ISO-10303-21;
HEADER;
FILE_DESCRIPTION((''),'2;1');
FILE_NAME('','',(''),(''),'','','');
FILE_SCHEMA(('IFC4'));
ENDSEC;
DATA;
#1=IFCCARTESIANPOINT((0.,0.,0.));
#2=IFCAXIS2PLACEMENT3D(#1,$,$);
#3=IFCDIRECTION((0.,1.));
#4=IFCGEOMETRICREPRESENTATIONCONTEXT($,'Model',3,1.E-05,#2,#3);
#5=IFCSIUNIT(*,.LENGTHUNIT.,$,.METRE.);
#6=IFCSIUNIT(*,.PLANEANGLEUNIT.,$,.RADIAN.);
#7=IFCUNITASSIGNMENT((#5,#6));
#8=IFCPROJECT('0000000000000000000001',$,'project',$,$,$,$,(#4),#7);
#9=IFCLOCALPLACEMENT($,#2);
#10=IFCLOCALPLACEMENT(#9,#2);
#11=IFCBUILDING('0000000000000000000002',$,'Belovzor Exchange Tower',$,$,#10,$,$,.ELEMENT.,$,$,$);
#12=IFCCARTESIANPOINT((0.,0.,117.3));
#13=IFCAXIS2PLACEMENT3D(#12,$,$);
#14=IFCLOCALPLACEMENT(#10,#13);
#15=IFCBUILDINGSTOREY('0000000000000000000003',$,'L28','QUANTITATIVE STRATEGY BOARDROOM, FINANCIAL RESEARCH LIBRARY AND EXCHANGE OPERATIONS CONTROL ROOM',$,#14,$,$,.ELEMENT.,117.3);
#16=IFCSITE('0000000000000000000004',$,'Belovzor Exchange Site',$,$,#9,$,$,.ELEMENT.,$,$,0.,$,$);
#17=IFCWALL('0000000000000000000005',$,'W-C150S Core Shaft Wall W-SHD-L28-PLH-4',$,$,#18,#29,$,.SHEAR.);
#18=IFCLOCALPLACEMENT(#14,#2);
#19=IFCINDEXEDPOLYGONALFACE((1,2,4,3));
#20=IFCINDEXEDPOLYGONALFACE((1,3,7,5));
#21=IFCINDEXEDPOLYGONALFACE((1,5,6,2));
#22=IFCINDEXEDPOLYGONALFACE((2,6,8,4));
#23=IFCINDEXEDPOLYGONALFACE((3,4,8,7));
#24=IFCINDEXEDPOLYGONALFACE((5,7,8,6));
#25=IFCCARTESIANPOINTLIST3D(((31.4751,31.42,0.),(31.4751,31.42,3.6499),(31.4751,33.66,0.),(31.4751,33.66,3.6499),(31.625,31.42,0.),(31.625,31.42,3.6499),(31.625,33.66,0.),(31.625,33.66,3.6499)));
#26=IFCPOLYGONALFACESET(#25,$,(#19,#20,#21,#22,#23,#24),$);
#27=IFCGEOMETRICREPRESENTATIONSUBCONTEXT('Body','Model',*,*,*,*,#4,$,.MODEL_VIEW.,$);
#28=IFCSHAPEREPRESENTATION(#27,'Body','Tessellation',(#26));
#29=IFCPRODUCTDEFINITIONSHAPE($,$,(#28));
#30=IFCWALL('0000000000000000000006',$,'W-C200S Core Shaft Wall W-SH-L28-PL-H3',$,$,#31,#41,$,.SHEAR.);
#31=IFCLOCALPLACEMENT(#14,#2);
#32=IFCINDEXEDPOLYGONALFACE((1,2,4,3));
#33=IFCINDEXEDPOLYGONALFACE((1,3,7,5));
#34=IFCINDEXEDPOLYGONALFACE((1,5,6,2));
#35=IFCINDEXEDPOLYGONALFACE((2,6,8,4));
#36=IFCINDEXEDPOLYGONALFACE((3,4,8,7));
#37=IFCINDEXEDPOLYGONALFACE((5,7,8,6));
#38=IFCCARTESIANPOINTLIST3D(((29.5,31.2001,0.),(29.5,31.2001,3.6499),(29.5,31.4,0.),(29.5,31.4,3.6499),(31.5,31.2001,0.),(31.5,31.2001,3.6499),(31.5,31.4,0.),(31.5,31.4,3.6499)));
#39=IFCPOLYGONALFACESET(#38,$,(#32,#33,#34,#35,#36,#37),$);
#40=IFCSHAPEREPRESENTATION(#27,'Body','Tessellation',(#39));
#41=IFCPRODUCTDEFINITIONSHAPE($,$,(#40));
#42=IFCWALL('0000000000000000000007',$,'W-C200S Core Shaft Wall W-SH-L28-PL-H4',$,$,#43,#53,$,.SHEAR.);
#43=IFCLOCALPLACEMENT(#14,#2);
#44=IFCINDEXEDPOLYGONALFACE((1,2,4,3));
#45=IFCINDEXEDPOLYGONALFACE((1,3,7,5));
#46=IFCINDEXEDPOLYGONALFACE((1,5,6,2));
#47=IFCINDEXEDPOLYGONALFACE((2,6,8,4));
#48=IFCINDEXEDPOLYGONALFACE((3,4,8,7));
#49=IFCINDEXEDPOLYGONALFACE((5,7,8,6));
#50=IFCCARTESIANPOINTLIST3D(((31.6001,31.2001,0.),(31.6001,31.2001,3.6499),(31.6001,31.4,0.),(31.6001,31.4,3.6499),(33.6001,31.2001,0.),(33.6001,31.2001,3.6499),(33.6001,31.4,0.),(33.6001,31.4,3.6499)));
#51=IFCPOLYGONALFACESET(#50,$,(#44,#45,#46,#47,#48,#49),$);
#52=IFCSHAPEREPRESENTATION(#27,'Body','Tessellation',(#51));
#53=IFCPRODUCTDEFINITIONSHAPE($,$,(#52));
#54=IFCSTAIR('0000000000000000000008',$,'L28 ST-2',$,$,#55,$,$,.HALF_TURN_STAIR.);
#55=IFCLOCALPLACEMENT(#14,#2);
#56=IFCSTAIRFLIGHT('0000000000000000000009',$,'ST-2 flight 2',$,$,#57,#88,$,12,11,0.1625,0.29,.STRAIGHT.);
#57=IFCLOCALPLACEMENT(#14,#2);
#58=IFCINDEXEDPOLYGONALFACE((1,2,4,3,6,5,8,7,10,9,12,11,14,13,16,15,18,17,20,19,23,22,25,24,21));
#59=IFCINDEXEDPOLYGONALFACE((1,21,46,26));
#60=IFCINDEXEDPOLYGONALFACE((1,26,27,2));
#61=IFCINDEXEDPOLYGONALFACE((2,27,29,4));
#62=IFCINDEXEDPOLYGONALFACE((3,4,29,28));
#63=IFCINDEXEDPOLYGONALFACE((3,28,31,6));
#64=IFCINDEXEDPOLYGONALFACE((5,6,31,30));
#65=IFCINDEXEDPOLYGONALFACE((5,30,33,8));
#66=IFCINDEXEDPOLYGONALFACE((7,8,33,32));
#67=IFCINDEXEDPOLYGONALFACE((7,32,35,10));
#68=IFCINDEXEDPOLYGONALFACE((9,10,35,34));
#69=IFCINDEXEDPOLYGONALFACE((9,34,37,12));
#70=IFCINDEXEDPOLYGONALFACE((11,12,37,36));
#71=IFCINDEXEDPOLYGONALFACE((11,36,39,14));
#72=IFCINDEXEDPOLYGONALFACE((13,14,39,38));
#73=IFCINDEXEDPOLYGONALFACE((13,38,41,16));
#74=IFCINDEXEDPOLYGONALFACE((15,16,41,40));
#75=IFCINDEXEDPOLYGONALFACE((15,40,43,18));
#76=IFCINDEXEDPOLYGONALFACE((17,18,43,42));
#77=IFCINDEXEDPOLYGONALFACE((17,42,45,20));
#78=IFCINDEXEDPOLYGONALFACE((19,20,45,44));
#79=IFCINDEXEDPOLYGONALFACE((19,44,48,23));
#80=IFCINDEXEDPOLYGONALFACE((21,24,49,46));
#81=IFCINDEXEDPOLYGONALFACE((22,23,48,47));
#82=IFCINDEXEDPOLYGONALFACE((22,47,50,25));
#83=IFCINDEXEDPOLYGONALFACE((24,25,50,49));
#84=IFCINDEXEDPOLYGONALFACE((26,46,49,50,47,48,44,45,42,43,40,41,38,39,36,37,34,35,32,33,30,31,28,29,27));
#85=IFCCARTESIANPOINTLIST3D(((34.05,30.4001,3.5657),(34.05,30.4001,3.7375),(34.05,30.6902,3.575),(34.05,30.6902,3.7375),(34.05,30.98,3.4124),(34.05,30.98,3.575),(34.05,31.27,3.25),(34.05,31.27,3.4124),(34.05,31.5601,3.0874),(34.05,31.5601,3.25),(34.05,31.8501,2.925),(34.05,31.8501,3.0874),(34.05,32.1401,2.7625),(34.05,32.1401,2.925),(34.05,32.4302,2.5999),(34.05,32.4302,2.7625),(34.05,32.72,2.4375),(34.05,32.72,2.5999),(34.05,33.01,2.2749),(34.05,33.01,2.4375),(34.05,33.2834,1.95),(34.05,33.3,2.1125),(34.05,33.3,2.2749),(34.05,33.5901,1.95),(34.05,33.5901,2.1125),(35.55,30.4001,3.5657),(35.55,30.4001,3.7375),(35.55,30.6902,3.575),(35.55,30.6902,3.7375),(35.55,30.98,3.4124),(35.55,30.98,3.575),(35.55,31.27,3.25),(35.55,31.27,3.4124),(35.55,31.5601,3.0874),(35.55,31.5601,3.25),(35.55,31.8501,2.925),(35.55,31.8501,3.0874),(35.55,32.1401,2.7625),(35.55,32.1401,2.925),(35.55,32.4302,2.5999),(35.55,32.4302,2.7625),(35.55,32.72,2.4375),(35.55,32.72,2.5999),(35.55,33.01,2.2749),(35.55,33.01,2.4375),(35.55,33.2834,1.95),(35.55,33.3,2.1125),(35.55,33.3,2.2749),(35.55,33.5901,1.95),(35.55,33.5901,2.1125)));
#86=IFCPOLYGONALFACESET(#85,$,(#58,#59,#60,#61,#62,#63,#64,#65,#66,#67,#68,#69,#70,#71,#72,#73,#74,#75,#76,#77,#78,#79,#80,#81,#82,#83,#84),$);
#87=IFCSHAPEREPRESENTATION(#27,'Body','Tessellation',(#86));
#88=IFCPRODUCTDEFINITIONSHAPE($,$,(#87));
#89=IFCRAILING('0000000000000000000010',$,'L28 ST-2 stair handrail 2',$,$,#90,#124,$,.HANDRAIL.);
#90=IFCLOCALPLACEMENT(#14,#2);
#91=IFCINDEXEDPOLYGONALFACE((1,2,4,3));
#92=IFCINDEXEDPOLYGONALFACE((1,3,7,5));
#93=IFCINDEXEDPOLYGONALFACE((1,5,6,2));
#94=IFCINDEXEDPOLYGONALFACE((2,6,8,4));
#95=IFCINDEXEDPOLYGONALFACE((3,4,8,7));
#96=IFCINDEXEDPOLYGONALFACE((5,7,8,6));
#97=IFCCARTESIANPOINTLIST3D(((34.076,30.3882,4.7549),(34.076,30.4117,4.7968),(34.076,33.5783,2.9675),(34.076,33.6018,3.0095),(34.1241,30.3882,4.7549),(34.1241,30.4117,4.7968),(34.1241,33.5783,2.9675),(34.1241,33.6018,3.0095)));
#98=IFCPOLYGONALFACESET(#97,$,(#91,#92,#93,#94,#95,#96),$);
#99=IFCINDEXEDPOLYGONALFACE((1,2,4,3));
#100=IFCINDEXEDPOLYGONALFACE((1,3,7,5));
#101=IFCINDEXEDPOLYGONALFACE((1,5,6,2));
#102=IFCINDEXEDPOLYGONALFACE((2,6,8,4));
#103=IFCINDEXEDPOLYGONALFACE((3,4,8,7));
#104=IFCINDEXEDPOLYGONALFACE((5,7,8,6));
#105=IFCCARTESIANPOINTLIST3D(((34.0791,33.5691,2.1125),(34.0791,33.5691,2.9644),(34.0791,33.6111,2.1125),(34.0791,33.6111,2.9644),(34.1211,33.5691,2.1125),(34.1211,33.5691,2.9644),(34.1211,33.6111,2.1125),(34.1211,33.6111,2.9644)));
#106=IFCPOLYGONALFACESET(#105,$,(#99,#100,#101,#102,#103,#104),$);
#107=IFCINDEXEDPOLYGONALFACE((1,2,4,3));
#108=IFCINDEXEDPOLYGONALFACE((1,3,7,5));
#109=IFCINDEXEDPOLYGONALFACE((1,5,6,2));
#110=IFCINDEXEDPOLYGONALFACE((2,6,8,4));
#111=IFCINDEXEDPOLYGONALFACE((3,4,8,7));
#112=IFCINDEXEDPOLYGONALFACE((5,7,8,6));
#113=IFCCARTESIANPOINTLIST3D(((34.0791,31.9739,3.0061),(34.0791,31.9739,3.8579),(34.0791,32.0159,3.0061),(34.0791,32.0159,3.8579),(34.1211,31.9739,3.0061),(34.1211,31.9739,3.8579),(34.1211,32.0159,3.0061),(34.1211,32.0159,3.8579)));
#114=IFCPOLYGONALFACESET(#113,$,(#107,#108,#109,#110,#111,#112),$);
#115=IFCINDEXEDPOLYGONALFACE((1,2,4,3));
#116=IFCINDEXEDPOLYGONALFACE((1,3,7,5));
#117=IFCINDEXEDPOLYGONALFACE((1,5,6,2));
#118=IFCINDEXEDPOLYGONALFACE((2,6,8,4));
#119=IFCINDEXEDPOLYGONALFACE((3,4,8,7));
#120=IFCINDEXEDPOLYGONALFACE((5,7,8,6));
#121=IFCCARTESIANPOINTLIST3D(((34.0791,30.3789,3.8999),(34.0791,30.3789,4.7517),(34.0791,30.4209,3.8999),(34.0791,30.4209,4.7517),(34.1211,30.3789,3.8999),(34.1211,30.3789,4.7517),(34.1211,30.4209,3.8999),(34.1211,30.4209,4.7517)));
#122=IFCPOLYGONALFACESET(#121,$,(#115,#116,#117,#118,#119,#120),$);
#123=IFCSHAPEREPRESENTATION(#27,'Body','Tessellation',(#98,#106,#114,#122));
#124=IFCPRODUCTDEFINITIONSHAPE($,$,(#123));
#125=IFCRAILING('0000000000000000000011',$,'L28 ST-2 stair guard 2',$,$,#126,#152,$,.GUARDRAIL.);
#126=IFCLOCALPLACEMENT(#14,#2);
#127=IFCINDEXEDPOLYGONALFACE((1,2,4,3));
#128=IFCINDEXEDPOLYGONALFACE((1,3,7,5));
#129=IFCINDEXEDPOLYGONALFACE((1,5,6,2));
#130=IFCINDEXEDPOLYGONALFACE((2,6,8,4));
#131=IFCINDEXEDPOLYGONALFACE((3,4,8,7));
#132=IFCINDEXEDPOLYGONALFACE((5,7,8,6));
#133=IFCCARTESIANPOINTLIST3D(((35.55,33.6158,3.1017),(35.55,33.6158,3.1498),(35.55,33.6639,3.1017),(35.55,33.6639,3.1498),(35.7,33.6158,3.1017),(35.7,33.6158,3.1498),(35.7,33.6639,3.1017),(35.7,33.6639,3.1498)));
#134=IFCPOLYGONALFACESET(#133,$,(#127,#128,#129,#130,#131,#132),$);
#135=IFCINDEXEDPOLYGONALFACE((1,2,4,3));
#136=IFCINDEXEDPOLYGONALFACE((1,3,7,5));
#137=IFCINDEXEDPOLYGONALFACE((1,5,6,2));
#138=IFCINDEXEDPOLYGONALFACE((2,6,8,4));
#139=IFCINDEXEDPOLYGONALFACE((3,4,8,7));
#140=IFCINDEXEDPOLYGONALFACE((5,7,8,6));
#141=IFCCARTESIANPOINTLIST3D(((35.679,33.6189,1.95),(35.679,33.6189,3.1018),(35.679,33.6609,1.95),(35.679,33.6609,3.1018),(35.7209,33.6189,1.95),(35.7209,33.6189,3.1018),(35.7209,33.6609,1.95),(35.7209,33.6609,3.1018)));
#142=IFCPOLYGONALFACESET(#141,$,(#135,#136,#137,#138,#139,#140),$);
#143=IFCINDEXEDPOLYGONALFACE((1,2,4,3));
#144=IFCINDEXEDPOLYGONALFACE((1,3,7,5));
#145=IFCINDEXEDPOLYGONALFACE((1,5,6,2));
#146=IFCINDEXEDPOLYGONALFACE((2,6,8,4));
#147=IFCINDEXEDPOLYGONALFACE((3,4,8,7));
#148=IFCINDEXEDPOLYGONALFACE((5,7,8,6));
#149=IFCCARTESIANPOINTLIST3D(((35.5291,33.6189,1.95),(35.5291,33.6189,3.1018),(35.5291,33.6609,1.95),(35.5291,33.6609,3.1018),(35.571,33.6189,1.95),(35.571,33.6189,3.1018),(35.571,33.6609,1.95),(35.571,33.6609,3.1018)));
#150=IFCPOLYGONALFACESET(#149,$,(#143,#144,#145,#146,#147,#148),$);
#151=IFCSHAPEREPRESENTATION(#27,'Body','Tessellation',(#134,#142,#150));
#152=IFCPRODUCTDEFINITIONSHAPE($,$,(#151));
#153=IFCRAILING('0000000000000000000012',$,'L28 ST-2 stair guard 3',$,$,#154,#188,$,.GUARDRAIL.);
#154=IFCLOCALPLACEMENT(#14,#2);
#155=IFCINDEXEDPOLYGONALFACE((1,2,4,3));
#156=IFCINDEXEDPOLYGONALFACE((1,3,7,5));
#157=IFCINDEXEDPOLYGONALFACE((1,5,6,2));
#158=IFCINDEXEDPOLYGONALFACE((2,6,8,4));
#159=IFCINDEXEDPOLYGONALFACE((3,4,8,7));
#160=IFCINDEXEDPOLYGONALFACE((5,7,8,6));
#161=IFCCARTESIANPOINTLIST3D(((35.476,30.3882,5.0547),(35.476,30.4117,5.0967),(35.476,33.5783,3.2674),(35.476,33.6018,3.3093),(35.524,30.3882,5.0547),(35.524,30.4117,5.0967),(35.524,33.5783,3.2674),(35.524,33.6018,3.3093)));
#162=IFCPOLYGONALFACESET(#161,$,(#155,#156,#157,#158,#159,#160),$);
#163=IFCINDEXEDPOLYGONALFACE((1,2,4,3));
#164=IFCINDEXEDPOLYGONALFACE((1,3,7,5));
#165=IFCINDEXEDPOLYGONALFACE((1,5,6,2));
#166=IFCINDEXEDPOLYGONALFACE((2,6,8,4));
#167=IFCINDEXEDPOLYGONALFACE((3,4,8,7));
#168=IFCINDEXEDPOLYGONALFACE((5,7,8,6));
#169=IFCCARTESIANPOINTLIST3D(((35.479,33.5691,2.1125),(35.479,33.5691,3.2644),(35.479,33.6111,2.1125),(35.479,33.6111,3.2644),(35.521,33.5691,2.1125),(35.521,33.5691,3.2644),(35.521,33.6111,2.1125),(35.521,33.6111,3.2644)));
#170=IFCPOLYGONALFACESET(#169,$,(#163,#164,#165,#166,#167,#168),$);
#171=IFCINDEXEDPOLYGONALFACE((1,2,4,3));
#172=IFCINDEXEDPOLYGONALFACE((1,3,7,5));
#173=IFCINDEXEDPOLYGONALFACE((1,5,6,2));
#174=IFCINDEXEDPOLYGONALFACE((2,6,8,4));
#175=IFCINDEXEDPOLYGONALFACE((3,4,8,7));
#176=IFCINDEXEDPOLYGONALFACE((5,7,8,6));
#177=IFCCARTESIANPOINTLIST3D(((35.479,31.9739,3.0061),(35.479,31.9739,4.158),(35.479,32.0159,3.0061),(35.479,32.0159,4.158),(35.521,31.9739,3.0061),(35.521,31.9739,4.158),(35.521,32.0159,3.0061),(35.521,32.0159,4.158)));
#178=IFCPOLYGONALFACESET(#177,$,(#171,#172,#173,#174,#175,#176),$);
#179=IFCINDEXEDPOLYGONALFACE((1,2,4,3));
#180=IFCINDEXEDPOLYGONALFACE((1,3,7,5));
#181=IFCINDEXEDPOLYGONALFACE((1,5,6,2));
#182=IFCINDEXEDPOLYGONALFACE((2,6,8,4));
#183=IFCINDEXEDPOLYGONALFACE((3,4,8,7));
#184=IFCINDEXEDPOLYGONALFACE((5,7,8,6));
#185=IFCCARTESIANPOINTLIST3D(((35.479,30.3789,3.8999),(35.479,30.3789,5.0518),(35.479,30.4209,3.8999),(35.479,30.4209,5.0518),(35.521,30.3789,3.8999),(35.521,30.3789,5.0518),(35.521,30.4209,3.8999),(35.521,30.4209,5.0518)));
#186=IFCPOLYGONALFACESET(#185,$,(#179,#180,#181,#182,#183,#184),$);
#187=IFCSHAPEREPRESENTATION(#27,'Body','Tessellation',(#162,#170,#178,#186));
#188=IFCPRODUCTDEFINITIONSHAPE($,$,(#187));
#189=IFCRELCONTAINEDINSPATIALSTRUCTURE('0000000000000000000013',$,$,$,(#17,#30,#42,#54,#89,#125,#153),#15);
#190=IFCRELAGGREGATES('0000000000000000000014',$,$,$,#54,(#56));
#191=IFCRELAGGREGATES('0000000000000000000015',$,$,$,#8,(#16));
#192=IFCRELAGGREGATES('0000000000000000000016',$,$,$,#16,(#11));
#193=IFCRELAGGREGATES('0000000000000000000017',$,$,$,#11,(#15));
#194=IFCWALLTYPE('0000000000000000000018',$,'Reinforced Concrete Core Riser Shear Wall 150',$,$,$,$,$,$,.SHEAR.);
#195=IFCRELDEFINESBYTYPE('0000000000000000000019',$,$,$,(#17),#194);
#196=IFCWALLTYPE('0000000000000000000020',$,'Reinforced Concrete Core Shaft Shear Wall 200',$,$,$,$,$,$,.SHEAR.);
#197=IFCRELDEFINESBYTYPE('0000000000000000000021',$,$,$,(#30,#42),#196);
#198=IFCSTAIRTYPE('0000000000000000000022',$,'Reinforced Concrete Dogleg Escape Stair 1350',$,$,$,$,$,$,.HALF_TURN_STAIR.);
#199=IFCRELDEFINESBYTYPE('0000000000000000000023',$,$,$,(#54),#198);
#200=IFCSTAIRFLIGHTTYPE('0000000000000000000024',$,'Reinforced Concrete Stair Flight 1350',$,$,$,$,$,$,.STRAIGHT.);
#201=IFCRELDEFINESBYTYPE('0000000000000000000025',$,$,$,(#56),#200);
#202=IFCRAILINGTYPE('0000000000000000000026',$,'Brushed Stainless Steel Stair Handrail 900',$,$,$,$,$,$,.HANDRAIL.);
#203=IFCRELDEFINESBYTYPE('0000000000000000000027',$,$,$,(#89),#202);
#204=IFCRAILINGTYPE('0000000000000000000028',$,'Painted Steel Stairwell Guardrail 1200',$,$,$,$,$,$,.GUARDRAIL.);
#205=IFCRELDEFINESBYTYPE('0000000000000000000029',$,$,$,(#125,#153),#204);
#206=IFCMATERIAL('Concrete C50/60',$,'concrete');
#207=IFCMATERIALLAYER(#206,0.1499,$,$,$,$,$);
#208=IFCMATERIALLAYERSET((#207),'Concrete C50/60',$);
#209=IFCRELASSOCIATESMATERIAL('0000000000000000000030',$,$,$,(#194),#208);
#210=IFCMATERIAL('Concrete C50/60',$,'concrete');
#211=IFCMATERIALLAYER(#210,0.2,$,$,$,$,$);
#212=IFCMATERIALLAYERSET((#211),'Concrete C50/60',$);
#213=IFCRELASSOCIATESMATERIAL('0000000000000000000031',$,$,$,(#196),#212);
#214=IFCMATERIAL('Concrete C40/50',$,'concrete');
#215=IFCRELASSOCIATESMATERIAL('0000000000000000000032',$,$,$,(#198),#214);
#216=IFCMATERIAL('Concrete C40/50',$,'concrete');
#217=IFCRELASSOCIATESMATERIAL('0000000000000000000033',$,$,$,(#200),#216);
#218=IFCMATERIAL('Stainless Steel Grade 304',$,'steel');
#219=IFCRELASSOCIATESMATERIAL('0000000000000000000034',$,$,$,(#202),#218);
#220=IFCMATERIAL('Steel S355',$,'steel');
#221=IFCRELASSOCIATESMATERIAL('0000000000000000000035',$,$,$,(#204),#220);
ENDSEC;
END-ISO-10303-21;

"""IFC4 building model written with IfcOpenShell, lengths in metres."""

from ifc_helpers import new_model, si_unit, direction, frame, frame_2d, origin, origin_2d, place, context, subcontext, project, spatial, polyline, rectangle, outline, extrude, material, layer, layer_set, type_object, element, aggregate, save


model = new_model("IFC4")

# Units and contexts
model_context = context("Model", 3, precision=1e-05, world=origin(), true_north=direction((0.0, 1.0)))
body_context = subcontext(model_context, "Body", "Model", "MODEL_VIEW")
ifc_project = project(units=[si_unit("LENGTHUNIT", "METRE"), si_unit("PLANEANGLEUNIT", "RADIAN")], contexts=[model_context])

# Site, building, storey
site_placement = place(None, origin())
site = spatial("IfcSite", under=ifc_project, at=site_placement, Name="Belovzor Exchange Site", CompositionType="ELEMENT", RefElevation=0.0)
building_placement = place(site_placement, origin())
building = spatial("IfcBuilding", under=site, at=building_placement, Name="Belovzor Exchange Tower", CompositionType="ELEMENT")
storey_placement = place(building_placement, frame((0.0, 0.0, 117.3)))
storey = spatial("IfcBuildingStorey", under=building, at=storey_placement, Name="L28", Description="QUANTITATIVE STRATEGY BOARDROOM, FINANCIAL RESEARCH LIBRARY AND EXCHANGE OPERATIONS CONTROL ROOM", CompositionType="ELEMENT", Elevation=117.3)

# Walls
ifc_material_1 = material(Name="Concrete C50/60", Category="concrete")
ifc_layer_1 = layer(ifc_material_1, 0.1499)
ifc_layer_set_1 = layer_set([ifc_layer_1], Name="Concrete C50/60")
wall_type_1 = type_object("IfcWallType", Name="Reinforced Concrete Core Riser Shear Wall 150", PredefinedType="SHEAR", material=ifc_layer_set_1)
for number, where, z_axis, x_axis, name in (
    (1, (31.55, 31.4199, 0.0), (0.0, 0.0, 1.0), (0.0, 1.0, 0.0), "W-C150S Core Shaft Wall W-SHD-L28-PLH-4"),
):
    element("IfcWall", number, at=place(storey_placement, frame(where, z_axis=z_axis, x_axis=x_axis)), inside=storey, type_object=wall_type_1, Name=name, PredefinedType="SHEAR", context=body_context, shape_type="SweptSolid", body=[
        extrude(rectangle(XDim=2.24, YDim=0.1499, at=frame_2d((1.1201, 0.0))), origin(), (0.0, 0.0, 1.0), 3.6499),
    ])
ifc_material_2 = material(Name="Concrete C50/60", Category="concrete")
ifc_layer_2 = layer(ifc_material_2, 0.2)
ifc_layer_set_2 = layer_set([ifc_layer_2], Name="Concrete C50/60")
wall_type_2 = type_object("IfcWallType", Name="Reinforced Concrete Core Shaft Shear Wall 200", PredefinedType="SHEAR", material=ifc_layer_set_2)
for number, where, z_axis, x_axis, name in (
    (2, (29.5, 31.3, 0.0), (0.0, 0.0, 1.0), (1.0, 0.0, 0.0), "W-C200S Core Shaft Wall W-SH-L28-PL-H3"),
    (3, (31.6001, 31.3, 0.0), (0.0, 0.0, 1.0), (1.0, 0.0, 0.0), "W-C200S Core Shaft Wall W-SH-L28-PL-H4"),
):
    element("IfcWall", number, at=place(storey_placement, frame(where, z_axis=z_axis, x_axis=x_axis)), inside=storey, type_object=wall_type_2, Name=name, PredefinedType="SHEAR", context=body_context, shape_type="SweptSolid", body=[
        extrude(rectangle(XDim=2.0, YDim=0.2, at=frame_2d((1.0, 0.0))), origin(), (0.0, 0.0, 1.0), 3.6499),
    ])

# Stair, stair flight
ifc_material_3 = material(Name="Concrete C40/50", Category="concrete")
stair_type = type_object("IfcStairType", Name="Reinforced Concrete Dogleg Escape Stair 1350", PredefinedType="HALF_TURN_STAIR", material=ifc_material_3)
stair_placement = place(storey_placement, origin())
stair = element("IfcStair", 4, at=stair_placement, inside=storey, type_object=stair_type, Name="L28 ST-2", PredefinedType="HALF_TURN_STAIR")
ifc_material_4 = material(Name="Concrete C40/50", Category="concrete")
stair_flight_type = type_object("IfcStairFlightType", Name="Reinforced Concrete Stair Flight 1350", PredefinedType="STRAIGHT", material=ifc_material_4)
stair_flight_placement = place(storey_placement, frame((34.8, 33.5901, 1.95), z_axis=(0.0, 0.0, 1.0), x_axis=(0.0, -1.0, 0.0)))
stair_flight = element("IfcStairFlight", 5, at=stair_flight_placement, type_object=stair_flight_type, Name="ST-2 flight 2", NumberOfRisers=12, NumberOfTreads=11, PredefinedType="STRAIGHT", RiserHeight=0.1625, TreadLength=0.29, context=body_context, shape_type="SweptSolid", body=[
    extrude(outline(polyline([(0.0, 0.0), (0.0, 0.1626), (0.29, 0.1626), (0.29, 0.325), (0.5801, 0.325), (0.5801, 0.4875), (0.8701, 0.4875), (0.8701, 0.6499), (1.1599, 0.6499), (1.1599, 0.8125), (1.45, 0.8125), (1.45, 0.9751), (1.74, 0.9751), (1.74, 1.1375), (2.03, 1.1375), (2.03, 1.3), (2.3201, 1.3), (2.3201, 1.4624), (2.6101, 1.4624), (2.6101, 1.625), (2.8999, 1.625), (2.8999, 1.7876), (3.1899, 1.7876), (3.1899, 1.95), (3.1899, 1.6157), (0.3066, 0.0), (0.0, 0.0)])), frame((0.0, 0.75, 0.0), z_axis=(0.0, -1.0, 0.0), x_axis=(1.0, 0.0, 0.0)), (0.0, 0.0, 1.0), 1.5),
])
aggregate(stair, [stair_flight])

# Railings
ifc_material_5 = material(Name="Stainless Steel Grade 304", Category="steel")
railing_type_1 = type_object("IfcRailingType", Name="Brushed Stainless Steel Stair Handrail 900", PredefinedType="HANDRAIL", material=ifc_material_5)
railing_1_placement = place(storey_placement, frame((34.1001, 33.5901, 2.1125)))
element("IfcRailing", 6, at=railing_1_placement, inside=storey, type_object=railing_type_1, Name="L28 ST-2 stair handrail 2", PredefinedType="HANDRAIL", context=body_context, shape_type="SweptSolid", body=[
    extrude(rectangle(XDim=0.0481, YDim=0.0481, at=origin_2d()), frame((0.0, 0.0, 0.876), z_axis=(0.0, -0.872407, 0.48878), x_axis=(1.0, 0.0, 0.0)), (0.0, 0.0, 1.0), 3.6567),
    extrude(rectangle(XDim=0.042, YDim=0.042, at=origin_2d()), origin(), (0.0, 0.0, 1.0), 0.8518),
    extrude(rectangle(XDim=0.042, YDim=0.042, at=origin_2d()), frame((0.0, -1.5952, 0.8936)), (0.0, 0.0, 1.0), 0.8518),
    extrude(rectangle(XDim=0.042, YDim=0.042, at=origin_2d()), frame((0.0, -3.1902, 1.7874)), (0.0, 0.0, 1.0), 0.8518),
])
ifc_material_6 = material(Name="Steel S355", Category="steel")
railing_type_2 = type_object("IfcRailingType", Name="Painted Steel Stairwell Guardrail 1200", PredefinedType="GUARDRAIL", material=ifc_material_6)
railing_2_placement = place(storey_placement, frame((35.7, 33.6399, 1.95)))
element("IfcRailing", 7, at=railing_2_placement, inside=storey, type_object=railing_type_2, Name="L28 ST-2 stair guard 2", PredefinedType="GUARDRAIL", context=body_context, shape_type="SweptSolid", body=[
    extrude(rectangle(XDim=0.0481, YDim=0.0481, at=origin_2d()), frame((0.0, 0.0, 1.1758), z_axis=(-1.0, 0.0, 0.0), x_axis=(0.0, -1.0, 0.0)), (0.0, 0.0, 1.0), 0.1499),
    extrude(rectangle(XDim=0.042, YDim=0.042, at=origin_2d()), origin(), (0.0, 0.0, 1.0), 1.1519),
    extrude(rectangle(XDim=0.042, YDim=0.042, at=origin_2d()), frame((-0.1499, 0.0, 0.0)), (0.0, 0.0, 1.0), 1.1519),
])
railing_3_placement = place(storey_placement, frame((35.5, 33.5901, 2.1125)))
element("IfcRailing", 8, at=railing_3_placement, inside=storey, type_object=railing_type_2, Name="L28 ST-2 stair guard 3", PredefinedType="GUARDRAIL", context=body_context, shape_type="SweptSolid", body=[
    extrude(rectangle(XDim=0.0481, YDim=0.0481, at=origin_2d()), frame((0.0, 0.0, 1.1758), z_axis=(0.0, -0.872407, 0.48878), x_axis=(1.0, 0.0, 0.0)), (0.0, 0.0, 1.0), 3.6567),
    extrude(rectangle(XDim=0.042, YDim=0.042, at=origin_2d()), origin(), (0.0, 0.0, 1.0), 1.1519),
    extrude(rectangle(XDim=0.042, YDim=0.042, at=origin_2d()), frame((0.0, -1.5952, 0.8936)), (0.0, 0.0, 1.0), 1.1519),
    extrude(rectangle(XDim=0.042, YDim=0.042, at=origin_2d()), frame((0.0, -3.1902, 1.7874)), (0.0, 0.0, 1.0), 1.1519),
])

save(model, "model.ifc")
